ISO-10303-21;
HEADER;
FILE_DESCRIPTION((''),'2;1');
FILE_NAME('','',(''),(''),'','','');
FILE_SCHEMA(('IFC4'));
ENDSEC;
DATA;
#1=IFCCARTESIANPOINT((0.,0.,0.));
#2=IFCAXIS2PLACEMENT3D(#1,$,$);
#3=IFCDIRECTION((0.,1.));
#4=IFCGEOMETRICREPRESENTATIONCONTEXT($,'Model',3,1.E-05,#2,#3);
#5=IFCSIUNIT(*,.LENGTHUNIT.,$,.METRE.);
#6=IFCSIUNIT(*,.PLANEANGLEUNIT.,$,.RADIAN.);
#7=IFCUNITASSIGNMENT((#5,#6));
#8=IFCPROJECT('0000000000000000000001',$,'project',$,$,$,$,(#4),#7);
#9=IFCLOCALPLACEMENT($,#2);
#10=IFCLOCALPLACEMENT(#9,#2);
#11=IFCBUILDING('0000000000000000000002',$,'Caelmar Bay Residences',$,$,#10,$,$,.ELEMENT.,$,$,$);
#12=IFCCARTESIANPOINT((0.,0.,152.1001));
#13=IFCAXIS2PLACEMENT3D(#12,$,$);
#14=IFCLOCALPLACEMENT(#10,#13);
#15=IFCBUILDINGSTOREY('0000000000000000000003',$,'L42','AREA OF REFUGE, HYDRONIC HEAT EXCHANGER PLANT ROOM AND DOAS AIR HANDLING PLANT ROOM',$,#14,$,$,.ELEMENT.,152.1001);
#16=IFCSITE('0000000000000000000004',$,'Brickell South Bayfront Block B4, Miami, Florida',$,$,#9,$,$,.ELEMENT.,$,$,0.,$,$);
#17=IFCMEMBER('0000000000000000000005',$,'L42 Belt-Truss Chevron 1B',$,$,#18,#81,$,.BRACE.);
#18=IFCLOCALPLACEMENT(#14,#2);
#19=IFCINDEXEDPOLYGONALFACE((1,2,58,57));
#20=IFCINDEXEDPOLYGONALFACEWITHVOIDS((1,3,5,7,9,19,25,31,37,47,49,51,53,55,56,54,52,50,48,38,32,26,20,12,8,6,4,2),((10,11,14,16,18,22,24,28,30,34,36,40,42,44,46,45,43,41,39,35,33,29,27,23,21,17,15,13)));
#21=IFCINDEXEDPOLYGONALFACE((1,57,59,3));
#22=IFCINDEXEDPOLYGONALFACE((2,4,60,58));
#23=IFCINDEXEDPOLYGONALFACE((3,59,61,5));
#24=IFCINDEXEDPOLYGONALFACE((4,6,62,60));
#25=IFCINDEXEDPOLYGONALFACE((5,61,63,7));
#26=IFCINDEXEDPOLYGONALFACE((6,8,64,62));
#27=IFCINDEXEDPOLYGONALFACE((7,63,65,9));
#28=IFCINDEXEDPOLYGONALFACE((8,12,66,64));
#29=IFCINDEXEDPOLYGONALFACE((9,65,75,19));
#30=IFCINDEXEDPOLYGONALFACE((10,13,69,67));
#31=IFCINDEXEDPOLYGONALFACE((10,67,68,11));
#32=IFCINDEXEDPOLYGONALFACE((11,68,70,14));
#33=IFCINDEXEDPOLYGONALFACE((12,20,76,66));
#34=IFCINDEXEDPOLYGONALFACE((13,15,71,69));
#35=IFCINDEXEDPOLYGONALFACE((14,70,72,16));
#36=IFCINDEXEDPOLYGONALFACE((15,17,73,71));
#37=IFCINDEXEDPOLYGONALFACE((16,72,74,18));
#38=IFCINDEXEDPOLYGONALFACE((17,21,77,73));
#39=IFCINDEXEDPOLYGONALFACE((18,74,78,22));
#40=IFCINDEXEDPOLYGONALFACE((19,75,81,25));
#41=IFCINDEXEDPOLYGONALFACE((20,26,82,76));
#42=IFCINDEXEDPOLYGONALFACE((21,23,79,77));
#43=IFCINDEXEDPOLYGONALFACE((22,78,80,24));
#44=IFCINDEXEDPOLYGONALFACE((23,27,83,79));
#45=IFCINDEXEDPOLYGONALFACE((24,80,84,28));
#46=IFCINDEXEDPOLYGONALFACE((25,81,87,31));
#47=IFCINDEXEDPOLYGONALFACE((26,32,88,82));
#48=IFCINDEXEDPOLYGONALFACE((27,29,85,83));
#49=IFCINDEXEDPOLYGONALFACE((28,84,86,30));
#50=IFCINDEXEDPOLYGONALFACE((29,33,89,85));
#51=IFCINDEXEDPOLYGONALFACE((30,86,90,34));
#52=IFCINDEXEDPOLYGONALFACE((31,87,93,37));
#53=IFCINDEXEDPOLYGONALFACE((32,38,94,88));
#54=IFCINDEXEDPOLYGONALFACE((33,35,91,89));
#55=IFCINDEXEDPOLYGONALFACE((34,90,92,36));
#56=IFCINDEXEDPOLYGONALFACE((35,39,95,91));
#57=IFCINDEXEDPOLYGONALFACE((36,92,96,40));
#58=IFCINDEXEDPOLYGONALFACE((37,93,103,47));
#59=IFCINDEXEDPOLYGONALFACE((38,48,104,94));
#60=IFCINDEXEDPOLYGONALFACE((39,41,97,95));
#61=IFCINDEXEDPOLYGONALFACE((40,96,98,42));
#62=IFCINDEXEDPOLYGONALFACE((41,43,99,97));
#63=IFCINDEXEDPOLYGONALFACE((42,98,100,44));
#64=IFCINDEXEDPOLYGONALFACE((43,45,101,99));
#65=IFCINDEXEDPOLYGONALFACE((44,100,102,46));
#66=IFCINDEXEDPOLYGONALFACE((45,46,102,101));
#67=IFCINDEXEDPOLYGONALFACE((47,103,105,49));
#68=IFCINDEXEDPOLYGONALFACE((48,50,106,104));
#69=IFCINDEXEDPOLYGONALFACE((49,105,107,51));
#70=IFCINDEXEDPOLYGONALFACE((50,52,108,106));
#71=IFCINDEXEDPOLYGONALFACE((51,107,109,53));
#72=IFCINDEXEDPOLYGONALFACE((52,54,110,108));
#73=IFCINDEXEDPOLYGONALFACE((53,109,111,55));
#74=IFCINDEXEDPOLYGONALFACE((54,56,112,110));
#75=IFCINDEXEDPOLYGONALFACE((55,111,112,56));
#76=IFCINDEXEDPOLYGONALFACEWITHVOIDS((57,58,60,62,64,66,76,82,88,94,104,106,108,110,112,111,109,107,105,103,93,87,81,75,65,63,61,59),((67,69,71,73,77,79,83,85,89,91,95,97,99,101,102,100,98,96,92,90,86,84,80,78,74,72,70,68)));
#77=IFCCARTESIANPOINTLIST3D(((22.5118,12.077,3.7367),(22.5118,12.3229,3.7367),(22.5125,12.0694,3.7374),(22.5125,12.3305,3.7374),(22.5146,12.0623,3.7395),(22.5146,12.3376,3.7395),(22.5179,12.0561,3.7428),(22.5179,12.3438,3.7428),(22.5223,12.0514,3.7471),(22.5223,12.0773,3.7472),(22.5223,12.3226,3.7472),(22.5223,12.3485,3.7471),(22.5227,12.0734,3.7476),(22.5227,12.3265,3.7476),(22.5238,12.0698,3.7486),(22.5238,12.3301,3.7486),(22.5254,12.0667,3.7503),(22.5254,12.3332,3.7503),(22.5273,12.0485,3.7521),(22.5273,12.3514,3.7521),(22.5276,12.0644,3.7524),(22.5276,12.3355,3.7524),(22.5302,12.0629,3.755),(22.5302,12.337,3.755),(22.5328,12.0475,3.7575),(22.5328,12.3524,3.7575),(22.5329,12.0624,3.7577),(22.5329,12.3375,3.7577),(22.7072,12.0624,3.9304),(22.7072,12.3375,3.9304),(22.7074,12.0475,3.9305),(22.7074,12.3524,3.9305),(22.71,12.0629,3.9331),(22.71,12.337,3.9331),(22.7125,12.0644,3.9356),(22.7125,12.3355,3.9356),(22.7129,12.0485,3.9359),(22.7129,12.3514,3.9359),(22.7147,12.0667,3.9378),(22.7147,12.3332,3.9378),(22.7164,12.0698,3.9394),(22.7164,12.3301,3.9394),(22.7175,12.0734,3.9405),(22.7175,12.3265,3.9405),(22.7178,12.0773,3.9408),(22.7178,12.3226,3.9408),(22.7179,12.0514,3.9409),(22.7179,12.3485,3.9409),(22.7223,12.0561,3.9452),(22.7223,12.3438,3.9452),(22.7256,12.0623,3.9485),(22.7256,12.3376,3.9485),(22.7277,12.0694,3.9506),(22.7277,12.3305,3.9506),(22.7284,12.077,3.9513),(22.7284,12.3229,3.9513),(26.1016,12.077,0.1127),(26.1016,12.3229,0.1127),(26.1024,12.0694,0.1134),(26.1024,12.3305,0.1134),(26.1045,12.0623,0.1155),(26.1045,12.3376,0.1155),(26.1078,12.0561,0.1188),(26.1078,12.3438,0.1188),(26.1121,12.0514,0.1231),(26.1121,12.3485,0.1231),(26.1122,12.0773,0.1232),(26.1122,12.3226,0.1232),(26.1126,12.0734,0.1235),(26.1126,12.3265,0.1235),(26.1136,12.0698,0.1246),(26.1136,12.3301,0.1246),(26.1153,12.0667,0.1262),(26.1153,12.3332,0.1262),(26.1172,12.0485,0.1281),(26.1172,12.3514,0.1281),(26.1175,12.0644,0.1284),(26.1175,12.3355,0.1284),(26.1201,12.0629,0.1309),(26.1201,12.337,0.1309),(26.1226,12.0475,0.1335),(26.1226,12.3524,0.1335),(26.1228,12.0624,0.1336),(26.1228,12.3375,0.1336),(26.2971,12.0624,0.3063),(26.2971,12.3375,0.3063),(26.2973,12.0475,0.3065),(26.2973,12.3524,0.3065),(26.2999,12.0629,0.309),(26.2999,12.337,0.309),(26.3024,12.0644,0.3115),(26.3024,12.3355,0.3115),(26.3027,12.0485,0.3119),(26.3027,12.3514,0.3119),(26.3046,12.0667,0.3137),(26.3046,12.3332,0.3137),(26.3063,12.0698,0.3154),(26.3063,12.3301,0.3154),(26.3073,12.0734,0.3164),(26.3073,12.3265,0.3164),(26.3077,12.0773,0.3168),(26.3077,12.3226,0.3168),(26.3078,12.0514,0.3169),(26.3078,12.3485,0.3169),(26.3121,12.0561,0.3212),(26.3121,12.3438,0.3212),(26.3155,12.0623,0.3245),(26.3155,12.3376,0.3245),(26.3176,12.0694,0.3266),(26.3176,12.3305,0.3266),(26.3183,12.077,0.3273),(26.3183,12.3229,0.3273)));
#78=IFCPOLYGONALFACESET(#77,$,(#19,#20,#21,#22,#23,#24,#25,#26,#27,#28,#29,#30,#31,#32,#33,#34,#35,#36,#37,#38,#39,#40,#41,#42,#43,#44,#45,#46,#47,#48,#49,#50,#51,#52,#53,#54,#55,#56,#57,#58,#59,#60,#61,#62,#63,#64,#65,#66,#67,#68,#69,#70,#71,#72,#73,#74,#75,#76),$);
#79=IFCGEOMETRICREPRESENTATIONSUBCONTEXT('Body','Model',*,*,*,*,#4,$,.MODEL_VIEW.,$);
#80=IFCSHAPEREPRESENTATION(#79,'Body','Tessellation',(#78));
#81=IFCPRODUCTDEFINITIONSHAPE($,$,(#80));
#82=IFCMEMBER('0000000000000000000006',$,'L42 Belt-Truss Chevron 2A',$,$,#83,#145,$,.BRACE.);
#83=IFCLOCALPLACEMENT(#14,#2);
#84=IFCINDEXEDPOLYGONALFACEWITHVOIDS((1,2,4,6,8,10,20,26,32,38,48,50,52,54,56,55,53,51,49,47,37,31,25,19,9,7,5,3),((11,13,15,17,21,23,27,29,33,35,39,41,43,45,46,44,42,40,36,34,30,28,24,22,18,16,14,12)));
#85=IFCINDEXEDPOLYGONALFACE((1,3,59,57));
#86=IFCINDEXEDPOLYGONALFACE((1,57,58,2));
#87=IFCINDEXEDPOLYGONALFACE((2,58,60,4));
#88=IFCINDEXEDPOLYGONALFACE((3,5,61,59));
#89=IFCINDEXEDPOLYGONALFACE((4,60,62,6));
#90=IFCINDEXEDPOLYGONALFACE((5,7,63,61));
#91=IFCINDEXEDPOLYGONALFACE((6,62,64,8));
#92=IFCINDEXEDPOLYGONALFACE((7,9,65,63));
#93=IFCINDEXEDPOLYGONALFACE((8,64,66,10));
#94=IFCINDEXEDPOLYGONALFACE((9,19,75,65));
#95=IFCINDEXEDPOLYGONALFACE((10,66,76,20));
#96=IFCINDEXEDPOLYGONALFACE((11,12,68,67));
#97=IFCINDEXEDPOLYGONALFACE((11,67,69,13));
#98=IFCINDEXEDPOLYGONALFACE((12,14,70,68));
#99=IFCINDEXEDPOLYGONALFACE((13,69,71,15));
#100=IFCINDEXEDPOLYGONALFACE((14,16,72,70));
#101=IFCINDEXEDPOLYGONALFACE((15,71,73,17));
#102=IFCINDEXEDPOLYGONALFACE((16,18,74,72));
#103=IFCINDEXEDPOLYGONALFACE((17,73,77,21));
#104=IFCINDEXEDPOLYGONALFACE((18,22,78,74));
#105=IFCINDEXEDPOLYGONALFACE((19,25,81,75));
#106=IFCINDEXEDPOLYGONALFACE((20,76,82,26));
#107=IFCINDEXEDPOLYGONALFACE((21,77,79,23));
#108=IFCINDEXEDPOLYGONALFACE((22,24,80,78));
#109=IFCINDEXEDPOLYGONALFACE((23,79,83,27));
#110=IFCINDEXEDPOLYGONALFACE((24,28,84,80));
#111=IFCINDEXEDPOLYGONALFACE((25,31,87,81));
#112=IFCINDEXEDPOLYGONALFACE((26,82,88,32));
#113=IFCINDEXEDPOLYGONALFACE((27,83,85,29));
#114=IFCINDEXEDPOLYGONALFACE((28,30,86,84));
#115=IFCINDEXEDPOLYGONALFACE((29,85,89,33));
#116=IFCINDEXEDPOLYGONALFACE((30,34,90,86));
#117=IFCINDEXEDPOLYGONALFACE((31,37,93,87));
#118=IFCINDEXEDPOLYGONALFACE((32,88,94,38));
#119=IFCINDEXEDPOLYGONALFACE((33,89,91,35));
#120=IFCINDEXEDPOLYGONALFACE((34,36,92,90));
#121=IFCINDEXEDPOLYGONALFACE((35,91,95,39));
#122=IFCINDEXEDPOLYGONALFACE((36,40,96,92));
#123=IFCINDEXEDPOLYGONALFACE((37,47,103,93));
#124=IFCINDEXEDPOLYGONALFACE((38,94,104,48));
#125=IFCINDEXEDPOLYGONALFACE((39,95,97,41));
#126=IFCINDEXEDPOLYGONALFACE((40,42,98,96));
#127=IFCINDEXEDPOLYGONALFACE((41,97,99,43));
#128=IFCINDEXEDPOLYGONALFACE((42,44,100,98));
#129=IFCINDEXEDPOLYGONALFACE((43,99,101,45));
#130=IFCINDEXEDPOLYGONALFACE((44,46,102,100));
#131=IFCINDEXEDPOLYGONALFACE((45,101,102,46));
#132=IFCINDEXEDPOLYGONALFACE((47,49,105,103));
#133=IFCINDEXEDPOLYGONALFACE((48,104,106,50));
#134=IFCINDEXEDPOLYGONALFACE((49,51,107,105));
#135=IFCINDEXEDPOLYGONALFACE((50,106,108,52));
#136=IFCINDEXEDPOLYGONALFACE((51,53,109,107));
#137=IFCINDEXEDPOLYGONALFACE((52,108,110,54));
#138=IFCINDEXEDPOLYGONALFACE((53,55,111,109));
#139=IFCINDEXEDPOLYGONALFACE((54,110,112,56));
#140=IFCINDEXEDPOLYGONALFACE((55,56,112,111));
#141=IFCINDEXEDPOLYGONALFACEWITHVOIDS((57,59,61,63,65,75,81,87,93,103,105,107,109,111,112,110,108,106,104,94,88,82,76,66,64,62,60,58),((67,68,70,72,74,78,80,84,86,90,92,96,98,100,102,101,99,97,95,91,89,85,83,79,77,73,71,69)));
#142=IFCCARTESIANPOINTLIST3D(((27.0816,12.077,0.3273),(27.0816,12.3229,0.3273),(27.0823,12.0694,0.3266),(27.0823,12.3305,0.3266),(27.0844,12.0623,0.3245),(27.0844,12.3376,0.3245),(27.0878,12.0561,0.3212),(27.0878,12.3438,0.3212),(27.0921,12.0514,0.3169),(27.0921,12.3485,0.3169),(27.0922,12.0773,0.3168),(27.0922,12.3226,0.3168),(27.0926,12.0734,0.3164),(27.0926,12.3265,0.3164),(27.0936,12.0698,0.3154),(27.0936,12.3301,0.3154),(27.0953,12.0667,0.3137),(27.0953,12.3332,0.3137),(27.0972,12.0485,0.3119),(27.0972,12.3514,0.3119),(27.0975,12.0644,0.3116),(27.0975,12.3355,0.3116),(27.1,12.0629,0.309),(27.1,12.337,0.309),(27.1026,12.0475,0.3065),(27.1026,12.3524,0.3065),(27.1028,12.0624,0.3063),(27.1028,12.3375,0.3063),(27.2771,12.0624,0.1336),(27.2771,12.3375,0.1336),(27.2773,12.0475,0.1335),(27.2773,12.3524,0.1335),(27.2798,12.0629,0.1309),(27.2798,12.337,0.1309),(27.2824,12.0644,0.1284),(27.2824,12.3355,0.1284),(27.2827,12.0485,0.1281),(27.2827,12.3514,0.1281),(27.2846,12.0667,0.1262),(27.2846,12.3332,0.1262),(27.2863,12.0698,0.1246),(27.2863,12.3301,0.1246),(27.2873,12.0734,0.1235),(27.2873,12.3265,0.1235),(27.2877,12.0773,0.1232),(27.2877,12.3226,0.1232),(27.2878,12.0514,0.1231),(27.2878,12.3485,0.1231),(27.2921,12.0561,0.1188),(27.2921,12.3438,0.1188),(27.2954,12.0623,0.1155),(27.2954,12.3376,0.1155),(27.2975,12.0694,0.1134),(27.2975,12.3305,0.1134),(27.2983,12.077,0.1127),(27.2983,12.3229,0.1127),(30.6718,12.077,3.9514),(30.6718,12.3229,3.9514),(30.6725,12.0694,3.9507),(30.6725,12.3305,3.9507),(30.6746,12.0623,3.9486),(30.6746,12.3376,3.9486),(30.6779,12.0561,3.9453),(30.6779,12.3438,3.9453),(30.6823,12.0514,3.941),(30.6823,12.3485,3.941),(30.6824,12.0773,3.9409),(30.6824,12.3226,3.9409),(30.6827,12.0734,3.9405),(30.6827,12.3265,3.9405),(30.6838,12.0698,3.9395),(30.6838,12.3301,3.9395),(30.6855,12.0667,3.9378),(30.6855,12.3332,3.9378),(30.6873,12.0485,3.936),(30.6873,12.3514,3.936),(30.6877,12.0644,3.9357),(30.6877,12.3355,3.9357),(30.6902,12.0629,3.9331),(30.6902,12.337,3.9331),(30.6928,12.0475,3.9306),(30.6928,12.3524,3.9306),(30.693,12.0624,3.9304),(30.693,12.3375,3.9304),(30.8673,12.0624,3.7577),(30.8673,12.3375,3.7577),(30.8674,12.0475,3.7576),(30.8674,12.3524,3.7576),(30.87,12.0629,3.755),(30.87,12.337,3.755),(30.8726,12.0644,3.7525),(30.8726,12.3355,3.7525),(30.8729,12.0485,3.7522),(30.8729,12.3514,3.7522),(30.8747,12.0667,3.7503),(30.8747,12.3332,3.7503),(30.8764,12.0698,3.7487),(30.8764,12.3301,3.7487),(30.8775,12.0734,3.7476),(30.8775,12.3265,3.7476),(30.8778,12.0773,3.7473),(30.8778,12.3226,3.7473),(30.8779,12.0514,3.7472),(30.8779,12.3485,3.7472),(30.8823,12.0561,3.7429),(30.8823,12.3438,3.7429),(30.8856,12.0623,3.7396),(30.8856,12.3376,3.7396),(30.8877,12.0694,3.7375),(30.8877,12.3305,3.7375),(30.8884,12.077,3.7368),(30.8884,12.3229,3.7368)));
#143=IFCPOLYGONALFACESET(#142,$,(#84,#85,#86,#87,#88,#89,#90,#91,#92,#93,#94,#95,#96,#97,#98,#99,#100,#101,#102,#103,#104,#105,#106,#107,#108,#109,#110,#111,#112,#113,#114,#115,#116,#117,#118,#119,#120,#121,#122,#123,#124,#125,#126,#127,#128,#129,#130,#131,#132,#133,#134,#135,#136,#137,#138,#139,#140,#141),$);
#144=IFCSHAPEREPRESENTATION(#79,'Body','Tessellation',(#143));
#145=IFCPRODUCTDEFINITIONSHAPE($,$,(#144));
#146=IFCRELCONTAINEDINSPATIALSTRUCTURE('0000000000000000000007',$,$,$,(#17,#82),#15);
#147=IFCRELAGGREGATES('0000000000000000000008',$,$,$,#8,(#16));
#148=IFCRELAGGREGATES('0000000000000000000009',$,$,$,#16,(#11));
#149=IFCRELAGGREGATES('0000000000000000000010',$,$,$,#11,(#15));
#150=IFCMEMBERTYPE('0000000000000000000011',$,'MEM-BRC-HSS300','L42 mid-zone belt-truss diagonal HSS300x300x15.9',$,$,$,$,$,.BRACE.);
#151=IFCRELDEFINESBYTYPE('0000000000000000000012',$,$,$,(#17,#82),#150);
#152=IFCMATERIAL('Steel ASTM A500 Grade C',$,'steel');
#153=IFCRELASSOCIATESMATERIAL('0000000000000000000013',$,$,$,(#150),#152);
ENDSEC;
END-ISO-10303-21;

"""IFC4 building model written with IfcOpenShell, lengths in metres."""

from ifc_helpers import new_model, si_unit, direction, frame, origin, origin_2d, place, context, subcontext, project, spatial, hollow_rectangle, extrude, material, material_profile, profile_set, type_object, element, save


model = new_model("IFC4")

# Units and contexts
model_context = context("Model", 3, precision=1e-05, world=origin(), true_north=direction((0.0, 1.0)))
body_context = subcontext(model_context, "Body", "Model", "MODEL_VIEW")
ifc_project = project(units=[si_unit("LENGTHUNIT", "METRE"), si_unit("PLANEANGLEUNIT", "RADIAN")], contexts=[model_context])

# Site, building, storey
site_placement = place(None, origin())
site = spatial("IfcSite", under=ifc_project, at=site_placement, Name="Brickell South Bayfront Block B4, Miami, Florida", CompositionType="ELEMENT", RefElevation=0.0)
building_placement = place(site_placement, origin())
building = spatial("IfcBuilding", under=site, at=building_placement, Name="Caelmar Bay Residences", CompositionType="ELEMENT")
storey_placement = place(building_placement, frame((0.0, 0.0, 152.1001)))
storey = spatial("IfcBuildingStorey", under=building, at=storey_placement, Name="L42", Description="AREA OF REFUGE, HYDRONIC HEAT EXCHANGER PLANT ROOM AND DOAS AIR HANDLING PLANT ROOM", CompositionType="ELEMENT", Elevation=152.1001)

# Members
ifc_material_1 = material(Name="Steel ASTM A500 Grade C", Category="steel")
ifc_material_profile_1 = material_profile(ifc_material_1, hollow_rectangle(XDim=0.3049, YDim=0.3049, WallThickness=0.0149, InnerFilletRadius=0.0149, OuterFilletRadius=0.0295, at=origin_2d()), Name="HSS300X300X15.9")
ifc_profile_set_1 = profile_set([ifc_material_profile_1], Name="Steel ASTM A500 Grade C")
member_type_1 = type_object("IfcMemberType", Name="MEM-BRC-HSS300", Description="L42 mid-zone belt-truss diagonal HSS300x300x15.9", PredefinedType="BRACE", material=ifc_profile_set_1)
member_placement = place(storey_placement, frame((26.21, 12.2, 0.22), z_axis=(-0.703749, 0.0, 0.710449), x_axis=(0.0, -1.0, 0.0)))
element("IfcMember", 1, at=member_placement, inside=storey, type_object=member_type_1, Name="L42 Belt-Truss Chevron 1B", PredefinedType="BRACE", context=body_context, shape_type="SweptSolid", body=[
    extrude(hollow_rectangle(XDim=0.3049, YDim=0.3049, WallThickness=0.0149, InnerFilletRadius=0.0149, OuterFilletRadius=0.0295, at=origin_2d()), origin(), (0.0, 0.0, 1.0), 5.1011),
])
for number, where, z_axis, x_axis, name in (
    (2, (27.1899, 12.2, 0.22), (0.703773, 0.0, 0.710425), (0.0, 1.0, 0.0), "L42 Belt-Truss Chevron 2A"),
):
    element("IfcMember", number, at=place(storey_placement, frame(where, z_axis=z_axis, x_axis=x_axis)), inside=storey, type_object=member_type_1, Name=name, PredefinedType="BRACE", context=body_context, shape_type="SweptSolid", body=[
        extrude(hollow_rectangle(XDim=0.3049, YDim=0.3049, WallThickness=0.0149, InnerFilletRadius=0.0149, OuterFilletRadius=0.0295, at=origin_2d()), origin(), (0.0, 0.0, 1.0), 5.1013),
    ])

save(model, "model.ifc")
